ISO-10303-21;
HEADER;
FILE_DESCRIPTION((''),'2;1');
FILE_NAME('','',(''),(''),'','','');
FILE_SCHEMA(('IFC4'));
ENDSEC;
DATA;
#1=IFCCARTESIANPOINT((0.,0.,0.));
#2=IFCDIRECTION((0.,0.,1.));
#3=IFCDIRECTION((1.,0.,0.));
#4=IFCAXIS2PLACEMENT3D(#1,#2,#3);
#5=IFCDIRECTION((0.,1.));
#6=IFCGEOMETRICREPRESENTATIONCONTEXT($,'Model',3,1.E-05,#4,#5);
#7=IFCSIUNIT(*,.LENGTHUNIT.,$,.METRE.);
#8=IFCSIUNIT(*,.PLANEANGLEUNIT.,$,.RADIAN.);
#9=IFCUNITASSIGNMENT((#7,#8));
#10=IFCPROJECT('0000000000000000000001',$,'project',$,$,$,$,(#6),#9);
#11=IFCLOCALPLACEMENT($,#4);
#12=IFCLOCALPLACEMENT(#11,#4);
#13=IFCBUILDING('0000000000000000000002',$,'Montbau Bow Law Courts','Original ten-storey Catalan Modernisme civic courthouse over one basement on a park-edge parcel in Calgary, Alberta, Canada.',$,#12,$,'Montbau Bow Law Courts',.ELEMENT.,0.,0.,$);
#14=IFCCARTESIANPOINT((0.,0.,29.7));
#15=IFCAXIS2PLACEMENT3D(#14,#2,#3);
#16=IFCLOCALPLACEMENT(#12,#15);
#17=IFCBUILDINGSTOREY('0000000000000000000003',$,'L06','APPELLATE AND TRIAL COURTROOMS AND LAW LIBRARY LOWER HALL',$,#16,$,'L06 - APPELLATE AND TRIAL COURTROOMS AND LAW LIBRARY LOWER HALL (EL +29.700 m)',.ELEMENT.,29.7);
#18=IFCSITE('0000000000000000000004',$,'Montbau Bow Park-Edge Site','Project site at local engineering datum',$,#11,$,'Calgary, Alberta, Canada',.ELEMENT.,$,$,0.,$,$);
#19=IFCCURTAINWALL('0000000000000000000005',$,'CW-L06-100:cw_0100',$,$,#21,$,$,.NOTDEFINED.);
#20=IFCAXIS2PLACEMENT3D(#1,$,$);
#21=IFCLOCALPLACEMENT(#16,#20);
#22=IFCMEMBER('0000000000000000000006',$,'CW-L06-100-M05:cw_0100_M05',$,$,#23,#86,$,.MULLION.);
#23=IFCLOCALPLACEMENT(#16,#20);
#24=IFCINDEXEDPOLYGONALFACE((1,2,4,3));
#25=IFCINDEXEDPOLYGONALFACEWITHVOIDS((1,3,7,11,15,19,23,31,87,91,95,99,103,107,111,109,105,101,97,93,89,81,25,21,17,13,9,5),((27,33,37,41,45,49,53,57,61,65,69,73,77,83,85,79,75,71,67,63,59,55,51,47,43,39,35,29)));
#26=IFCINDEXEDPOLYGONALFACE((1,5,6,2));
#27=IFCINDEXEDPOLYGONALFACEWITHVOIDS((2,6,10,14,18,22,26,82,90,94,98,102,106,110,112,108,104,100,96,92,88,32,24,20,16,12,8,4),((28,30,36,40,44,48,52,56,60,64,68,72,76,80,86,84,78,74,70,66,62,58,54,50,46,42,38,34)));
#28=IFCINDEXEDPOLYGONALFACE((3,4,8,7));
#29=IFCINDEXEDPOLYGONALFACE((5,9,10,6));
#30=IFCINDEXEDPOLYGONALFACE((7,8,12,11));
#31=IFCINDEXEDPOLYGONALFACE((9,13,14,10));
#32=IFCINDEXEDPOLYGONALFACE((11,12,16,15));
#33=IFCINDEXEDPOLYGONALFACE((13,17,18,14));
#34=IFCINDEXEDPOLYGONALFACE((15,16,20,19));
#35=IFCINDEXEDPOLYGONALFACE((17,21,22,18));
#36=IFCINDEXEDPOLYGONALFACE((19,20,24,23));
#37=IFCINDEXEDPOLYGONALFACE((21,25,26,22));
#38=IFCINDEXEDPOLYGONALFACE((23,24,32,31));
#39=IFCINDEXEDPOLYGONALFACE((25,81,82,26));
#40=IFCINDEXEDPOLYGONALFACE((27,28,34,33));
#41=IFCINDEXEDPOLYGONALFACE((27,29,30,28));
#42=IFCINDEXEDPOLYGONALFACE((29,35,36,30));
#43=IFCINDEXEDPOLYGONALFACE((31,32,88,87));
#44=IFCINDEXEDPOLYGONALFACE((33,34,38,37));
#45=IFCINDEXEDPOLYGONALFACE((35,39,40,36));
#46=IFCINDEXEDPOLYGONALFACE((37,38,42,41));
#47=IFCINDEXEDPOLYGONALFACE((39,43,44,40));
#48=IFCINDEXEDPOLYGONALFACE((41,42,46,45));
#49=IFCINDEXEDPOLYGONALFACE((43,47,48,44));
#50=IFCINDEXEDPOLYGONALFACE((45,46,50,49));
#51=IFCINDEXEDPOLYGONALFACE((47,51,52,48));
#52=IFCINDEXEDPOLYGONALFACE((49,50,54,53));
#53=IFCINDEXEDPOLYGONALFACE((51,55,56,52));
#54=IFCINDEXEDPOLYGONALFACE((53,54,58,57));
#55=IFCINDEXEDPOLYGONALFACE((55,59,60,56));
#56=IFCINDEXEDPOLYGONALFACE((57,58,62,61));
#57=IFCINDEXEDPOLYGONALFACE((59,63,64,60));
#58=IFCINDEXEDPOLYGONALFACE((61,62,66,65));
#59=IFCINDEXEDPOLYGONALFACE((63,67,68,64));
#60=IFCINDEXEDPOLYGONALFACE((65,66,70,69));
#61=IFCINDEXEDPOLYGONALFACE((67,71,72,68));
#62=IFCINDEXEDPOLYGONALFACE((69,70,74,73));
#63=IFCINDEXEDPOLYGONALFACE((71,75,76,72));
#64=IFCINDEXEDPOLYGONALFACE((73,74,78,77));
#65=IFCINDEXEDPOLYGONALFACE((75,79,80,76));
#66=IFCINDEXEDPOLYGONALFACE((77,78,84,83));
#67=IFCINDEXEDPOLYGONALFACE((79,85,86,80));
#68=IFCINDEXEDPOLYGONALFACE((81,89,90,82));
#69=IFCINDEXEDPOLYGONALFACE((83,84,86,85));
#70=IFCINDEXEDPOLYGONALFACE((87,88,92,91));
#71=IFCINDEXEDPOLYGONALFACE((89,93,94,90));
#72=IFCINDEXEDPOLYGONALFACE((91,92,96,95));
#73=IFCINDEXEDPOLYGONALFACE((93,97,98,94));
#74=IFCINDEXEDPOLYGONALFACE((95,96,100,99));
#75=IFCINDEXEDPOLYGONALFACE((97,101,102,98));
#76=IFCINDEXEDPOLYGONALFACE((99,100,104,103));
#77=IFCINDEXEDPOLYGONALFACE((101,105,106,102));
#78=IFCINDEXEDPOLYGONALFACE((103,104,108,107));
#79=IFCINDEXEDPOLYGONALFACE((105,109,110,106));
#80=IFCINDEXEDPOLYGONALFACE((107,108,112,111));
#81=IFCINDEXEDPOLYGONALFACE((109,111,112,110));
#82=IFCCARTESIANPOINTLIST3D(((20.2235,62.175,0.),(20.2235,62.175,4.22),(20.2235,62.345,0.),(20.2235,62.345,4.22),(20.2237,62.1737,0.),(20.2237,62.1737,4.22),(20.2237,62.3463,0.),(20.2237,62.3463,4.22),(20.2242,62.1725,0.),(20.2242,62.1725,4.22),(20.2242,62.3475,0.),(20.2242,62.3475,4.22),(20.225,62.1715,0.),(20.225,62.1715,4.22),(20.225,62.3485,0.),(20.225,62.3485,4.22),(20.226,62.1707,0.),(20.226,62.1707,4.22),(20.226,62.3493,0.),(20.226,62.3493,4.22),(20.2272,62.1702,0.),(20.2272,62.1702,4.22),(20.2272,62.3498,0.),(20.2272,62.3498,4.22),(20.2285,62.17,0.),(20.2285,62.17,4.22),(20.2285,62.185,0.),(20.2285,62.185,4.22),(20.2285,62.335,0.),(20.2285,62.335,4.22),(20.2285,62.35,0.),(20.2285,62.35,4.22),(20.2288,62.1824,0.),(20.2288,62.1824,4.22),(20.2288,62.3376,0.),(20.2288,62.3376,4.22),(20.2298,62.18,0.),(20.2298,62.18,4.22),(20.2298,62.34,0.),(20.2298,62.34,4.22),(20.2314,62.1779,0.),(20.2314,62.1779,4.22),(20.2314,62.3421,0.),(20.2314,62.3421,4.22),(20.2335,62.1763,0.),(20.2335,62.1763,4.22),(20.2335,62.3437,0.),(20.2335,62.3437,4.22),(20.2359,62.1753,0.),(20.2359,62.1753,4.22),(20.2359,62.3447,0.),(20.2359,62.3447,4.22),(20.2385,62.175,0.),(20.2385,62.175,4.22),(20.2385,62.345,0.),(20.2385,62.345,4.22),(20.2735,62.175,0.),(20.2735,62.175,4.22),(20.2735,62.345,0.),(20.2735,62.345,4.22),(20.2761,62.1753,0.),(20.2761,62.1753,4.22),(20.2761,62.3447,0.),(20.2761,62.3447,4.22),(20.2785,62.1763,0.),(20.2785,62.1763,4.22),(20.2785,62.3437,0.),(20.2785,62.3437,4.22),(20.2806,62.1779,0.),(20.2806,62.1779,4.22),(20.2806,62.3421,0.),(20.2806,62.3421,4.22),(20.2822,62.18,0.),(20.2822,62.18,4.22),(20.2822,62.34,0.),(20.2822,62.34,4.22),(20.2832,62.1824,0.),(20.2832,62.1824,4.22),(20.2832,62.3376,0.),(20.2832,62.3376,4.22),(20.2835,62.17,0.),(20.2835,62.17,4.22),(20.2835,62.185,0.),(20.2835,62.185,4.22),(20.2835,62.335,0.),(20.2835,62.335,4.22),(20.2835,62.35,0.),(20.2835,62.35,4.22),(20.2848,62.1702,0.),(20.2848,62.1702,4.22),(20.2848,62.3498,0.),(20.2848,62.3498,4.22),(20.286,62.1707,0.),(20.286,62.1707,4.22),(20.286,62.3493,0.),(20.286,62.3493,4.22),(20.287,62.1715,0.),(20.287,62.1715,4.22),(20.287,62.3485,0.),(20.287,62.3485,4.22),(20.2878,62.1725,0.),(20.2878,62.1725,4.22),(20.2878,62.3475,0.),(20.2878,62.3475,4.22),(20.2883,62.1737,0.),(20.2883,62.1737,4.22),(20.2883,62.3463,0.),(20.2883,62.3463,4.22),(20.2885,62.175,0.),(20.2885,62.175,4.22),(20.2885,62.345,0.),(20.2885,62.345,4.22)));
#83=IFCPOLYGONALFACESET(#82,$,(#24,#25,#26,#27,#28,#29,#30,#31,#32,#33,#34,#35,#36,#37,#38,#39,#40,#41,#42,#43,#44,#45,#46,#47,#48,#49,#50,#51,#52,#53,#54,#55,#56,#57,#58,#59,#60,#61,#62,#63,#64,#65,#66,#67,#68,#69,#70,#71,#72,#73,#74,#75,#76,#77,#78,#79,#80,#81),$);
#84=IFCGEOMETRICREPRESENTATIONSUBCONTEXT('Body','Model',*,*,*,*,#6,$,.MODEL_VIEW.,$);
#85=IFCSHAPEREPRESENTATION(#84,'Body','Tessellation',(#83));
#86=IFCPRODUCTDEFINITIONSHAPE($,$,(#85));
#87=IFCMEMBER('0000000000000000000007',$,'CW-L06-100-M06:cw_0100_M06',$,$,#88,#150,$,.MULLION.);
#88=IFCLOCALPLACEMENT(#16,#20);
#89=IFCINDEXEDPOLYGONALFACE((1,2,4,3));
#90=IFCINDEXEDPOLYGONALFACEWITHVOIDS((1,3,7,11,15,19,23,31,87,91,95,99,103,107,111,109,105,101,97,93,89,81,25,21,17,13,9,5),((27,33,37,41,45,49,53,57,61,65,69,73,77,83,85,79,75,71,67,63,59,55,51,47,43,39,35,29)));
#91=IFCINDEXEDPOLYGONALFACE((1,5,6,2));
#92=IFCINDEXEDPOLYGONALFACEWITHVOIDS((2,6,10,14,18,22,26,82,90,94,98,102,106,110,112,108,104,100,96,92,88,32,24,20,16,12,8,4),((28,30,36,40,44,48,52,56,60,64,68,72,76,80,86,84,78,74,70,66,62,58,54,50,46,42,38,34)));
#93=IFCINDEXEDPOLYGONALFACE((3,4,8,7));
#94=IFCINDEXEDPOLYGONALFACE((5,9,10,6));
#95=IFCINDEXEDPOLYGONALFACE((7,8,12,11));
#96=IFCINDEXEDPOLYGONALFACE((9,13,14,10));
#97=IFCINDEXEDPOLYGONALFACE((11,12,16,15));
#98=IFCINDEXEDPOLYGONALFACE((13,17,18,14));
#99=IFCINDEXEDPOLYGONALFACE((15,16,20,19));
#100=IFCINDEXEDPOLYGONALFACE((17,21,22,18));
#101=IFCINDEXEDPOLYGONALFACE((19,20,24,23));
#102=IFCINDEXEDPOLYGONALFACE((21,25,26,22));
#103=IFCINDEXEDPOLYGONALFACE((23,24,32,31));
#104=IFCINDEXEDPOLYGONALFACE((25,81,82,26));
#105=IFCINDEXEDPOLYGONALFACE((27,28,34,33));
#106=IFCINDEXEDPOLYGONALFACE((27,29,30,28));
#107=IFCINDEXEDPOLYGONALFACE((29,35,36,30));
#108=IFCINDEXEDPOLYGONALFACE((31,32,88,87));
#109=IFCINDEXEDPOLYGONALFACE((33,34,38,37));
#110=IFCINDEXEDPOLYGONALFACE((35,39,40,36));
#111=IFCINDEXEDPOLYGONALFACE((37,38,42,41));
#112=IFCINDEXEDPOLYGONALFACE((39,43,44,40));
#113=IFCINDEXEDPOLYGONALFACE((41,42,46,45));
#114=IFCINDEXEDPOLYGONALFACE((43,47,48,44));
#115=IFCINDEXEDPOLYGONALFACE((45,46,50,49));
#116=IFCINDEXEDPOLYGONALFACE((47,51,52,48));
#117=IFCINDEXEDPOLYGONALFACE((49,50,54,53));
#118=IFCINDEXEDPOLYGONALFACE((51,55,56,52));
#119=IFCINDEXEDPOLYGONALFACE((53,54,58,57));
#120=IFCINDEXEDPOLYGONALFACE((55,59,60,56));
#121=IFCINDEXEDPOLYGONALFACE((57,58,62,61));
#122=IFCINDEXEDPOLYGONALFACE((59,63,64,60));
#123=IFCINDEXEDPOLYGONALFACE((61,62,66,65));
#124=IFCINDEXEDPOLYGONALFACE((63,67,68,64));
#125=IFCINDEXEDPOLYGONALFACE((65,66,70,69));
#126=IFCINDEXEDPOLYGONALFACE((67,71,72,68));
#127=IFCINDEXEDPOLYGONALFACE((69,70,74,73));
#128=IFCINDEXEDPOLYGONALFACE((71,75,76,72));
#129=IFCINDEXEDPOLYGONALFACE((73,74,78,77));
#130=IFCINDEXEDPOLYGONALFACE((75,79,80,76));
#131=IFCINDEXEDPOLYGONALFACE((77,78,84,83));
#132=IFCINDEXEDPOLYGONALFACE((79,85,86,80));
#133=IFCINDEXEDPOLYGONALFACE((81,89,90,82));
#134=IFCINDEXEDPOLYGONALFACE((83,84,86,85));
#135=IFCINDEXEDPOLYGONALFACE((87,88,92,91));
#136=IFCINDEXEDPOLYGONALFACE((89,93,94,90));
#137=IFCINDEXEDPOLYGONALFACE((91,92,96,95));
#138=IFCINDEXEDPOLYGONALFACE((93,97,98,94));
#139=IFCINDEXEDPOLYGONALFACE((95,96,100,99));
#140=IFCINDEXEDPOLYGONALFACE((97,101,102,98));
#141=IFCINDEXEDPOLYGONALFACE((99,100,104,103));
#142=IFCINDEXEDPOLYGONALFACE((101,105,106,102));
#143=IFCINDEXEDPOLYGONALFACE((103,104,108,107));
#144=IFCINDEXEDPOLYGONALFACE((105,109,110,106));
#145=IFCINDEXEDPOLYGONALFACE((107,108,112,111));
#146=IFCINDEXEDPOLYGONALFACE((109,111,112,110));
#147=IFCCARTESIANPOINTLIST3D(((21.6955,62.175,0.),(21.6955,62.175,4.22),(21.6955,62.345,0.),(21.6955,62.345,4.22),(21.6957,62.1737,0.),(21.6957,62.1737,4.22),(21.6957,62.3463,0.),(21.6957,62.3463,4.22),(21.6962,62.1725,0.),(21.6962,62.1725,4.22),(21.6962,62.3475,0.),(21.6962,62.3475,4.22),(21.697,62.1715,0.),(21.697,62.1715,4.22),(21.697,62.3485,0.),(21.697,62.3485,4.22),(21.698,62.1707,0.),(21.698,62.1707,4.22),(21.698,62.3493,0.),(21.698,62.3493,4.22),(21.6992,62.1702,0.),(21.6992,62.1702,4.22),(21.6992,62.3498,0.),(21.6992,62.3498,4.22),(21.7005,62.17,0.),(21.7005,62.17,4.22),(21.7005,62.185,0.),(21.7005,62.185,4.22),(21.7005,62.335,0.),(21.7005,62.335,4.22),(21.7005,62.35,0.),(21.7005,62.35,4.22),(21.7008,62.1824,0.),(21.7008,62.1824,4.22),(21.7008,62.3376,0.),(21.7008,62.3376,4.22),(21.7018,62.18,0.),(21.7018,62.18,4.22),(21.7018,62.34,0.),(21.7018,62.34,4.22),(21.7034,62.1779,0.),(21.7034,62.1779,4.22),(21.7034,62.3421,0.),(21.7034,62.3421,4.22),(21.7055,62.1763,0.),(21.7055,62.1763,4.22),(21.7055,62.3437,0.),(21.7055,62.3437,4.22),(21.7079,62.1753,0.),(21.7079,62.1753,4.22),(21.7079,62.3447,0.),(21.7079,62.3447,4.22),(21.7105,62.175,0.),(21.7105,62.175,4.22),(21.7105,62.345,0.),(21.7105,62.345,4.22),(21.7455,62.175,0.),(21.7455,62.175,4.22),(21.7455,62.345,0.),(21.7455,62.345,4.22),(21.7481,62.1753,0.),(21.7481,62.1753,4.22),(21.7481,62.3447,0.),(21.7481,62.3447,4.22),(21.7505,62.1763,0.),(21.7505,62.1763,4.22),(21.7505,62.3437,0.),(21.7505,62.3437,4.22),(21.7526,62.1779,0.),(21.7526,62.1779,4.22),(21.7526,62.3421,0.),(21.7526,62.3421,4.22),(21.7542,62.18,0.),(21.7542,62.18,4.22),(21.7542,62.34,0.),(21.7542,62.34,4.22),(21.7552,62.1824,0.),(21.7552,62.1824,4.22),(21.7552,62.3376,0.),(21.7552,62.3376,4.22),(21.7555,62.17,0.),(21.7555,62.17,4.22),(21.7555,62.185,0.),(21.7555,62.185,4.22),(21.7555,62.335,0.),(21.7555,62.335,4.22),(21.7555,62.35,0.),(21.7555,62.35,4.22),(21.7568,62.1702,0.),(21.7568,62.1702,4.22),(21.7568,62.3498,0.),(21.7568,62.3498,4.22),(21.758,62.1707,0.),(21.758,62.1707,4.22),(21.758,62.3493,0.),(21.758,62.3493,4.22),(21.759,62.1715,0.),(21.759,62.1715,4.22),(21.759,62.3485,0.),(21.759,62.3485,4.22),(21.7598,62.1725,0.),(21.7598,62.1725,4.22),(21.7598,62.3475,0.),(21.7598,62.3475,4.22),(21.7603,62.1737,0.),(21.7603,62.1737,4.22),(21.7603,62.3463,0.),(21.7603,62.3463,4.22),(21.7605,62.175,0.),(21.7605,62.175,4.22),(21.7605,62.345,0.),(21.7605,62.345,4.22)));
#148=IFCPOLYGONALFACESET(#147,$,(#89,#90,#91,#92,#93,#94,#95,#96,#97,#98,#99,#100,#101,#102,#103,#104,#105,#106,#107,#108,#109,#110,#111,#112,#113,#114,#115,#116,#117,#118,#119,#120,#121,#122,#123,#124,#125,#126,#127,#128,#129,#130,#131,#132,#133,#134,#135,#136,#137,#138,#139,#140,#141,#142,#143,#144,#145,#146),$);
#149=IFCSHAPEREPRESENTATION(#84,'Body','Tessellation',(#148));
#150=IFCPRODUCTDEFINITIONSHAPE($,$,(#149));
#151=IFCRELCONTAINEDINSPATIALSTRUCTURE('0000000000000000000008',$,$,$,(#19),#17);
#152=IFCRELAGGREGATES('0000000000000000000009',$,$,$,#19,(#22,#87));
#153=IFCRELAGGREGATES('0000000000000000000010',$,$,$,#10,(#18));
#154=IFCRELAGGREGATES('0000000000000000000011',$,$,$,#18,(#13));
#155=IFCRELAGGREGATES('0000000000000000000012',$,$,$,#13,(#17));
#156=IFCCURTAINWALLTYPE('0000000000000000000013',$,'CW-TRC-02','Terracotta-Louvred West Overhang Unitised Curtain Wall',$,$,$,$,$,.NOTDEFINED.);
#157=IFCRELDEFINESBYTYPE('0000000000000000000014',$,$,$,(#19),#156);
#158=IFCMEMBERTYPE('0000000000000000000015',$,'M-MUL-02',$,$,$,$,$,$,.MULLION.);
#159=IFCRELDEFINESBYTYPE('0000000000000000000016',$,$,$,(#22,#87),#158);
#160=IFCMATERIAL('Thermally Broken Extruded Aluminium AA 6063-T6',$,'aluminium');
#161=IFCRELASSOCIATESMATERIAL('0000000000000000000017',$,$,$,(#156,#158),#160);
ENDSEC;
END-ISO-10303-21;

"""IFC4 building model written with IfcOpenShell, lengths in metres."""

from ifc_helpers import new_model, si_unit, direction, frame, origin_with_axes, origin_2d_with_axis, place, context, subcontext, project, spatial, hollow_rectangle, extrude, material, material_profile, profile_set, type_object, element, aggregate, save


model = new_model("IFC4")

# Units and contexts
model_context = context("Model", 3, precision=1e-05, world=origin_with_axes(), true_north=direction((0.0, 1.0)))
body_context = subcontext(model_context, "Body", "Model", "MODEL_VIEW")
ifc_project = project(units=[si_unit("LENGTHUNIT", "METRE"), si_unit("PLANEANGLEUNIT", "RADIAN")], contexts=[model_context])

# Site, building, storey
site_placement = place(None, origin_with_axes())
site = spatial("IfcSite", under=ifc_project, at=site_placement, Name="Montbau Bow Park-Edge Site", Description="Project site at local engineering datum", LongName="Calgary, Alberta, Canada", CompositionType="ELEMENT", RefElevation=0.0)
building_placement = place(site_placement, origin_with_axes())
building = spatial("IfcBuilding", under=site, at=building_placement, Name="Montbau Bow Law Courts", Description="Original ten-storey Catalan Modernisme civic courthouse over one basement on a park-edge parcel in Calgary, Alberta, Canada.", LongName="Montbau Bow Law Courts", CompositionType="ELEMENT", ElevationOfRefHeight=0.0, ElevationOfTerrain=0.0)
storey_placement = place(building_placement, frame((0.0, 0.0, 29.7), z_axis=(0.0, 0.0, 1.0), x_axis=(1.0, 0.0, 0.0)))
storey = spatial("IfcBuildingStorey", under=building, at=storey_placement, Name="L06", Description="APPELLATE AND TRIAL COURTROOMS AND LAW LIBRARY LOWER HALL", LongName="L06 - APPELLATE AND TRIAL COURTROOMS AND LAW LIBRARY LOWER HALL (EL +29.700 m)", CompositionType="ELEMENT", Elevation=29.7)

# Curtain wall, members
ifc_material_1 = material(Name="Thermally Broken Extruded Aluminium AA 6063-T6", Category="aluminium")
curtain_wall_type = type_object("IfcCurtainWallType", Name="CW-TRC-02", Description="Terracotta-Louvred West Overhang Unitised Curtain Wall", PredefinedType="NOTDEFINED", material=ifc_material_1)
curtain_wall_1_placement = place(None, frame((14.24, 62.26, 29.7), z_axis=(0.0, 0.0, 1.0), x_axis=(1.0, 0.0, 0.0)))
curtain_wall_1 = element("IfcCurtainWall", 1, at=curtain_wall_1_placement, inside=storey, type_object=curtain_wall_type, Name="CW-L06-100:cw_0100", PredefinedType="NOTDEFINED")
ifc_material_profile_1 = material_profile(ifc_material_1, hollow_rectangle(XDim=0.065, YDim=0.18, WallThickness=0.005, InnerFilletRadius=0.01, OuterFilletRadius=0.005, at=origin_2d_with_axis()), Name="CWM-180X65", Category="Main", Priority=0)
ifc_profile_set_1 = profile_set([ifc_material_profile_1], Name="Thermally Broken Extruded Aluminium AA 6063-T6")
member_type_1 = type_object("IfcMemberType", Name="M-MUL-02", PredefinedType="MULLION", material=ifc_profile_set_1)
member_1_placement = place(None, frame((20.256, 62.26, 29.7), z_axis=(0.0, 0.0, 1.0), x_axis=(1.0, 0.0, 0.0)))
member_1 = element("IfcMember", 2, at=member_1_placement, type_object=member_type_1, Name="CW-L06-100-M05:cw_0100_M05", PredefinedType="MULLION", context=body_context, shape_type="SweptSolid", body=[
    extrude(hollow_rectangle(XDim=0.065, YDim=0.18, WallThickness=0.005, InnerFilletRadius=0.01, OuterFilletRadius=0.005, at=origin_2d_with_axis()), origin_with_axes(), (0.0, 0.0, 1.0), 4.22),
])
member_2_placement = place(None, frame((21.728, 62.26, 29.7), z_axis=(0.0, 0.0, 1.0), x_axis=(1.0, 0.0, 0.0)))
member_2 = element("IfcMember", 3, at=member_2_placement, type_object=member_type_1, Name="CW-L06-100-M06:cw_0100_M06", PredefinedType="MULLION", context=body_context, shape_type="SweptSolid", body=[
    extrude(hollow_rectangle(XDim=0.065, YDim=0.18, WallThickness=0.005, InnerFilletRadius=0.01, OuterFilletRadius=0.005, at=origin_2d_with_axis()), origin_with_axes(), (0.0, 0.0, 1.0), 4.22),
])

aggregate(curtain_wall_1, [member_1, member_2])

save(model, "model.ifc")
